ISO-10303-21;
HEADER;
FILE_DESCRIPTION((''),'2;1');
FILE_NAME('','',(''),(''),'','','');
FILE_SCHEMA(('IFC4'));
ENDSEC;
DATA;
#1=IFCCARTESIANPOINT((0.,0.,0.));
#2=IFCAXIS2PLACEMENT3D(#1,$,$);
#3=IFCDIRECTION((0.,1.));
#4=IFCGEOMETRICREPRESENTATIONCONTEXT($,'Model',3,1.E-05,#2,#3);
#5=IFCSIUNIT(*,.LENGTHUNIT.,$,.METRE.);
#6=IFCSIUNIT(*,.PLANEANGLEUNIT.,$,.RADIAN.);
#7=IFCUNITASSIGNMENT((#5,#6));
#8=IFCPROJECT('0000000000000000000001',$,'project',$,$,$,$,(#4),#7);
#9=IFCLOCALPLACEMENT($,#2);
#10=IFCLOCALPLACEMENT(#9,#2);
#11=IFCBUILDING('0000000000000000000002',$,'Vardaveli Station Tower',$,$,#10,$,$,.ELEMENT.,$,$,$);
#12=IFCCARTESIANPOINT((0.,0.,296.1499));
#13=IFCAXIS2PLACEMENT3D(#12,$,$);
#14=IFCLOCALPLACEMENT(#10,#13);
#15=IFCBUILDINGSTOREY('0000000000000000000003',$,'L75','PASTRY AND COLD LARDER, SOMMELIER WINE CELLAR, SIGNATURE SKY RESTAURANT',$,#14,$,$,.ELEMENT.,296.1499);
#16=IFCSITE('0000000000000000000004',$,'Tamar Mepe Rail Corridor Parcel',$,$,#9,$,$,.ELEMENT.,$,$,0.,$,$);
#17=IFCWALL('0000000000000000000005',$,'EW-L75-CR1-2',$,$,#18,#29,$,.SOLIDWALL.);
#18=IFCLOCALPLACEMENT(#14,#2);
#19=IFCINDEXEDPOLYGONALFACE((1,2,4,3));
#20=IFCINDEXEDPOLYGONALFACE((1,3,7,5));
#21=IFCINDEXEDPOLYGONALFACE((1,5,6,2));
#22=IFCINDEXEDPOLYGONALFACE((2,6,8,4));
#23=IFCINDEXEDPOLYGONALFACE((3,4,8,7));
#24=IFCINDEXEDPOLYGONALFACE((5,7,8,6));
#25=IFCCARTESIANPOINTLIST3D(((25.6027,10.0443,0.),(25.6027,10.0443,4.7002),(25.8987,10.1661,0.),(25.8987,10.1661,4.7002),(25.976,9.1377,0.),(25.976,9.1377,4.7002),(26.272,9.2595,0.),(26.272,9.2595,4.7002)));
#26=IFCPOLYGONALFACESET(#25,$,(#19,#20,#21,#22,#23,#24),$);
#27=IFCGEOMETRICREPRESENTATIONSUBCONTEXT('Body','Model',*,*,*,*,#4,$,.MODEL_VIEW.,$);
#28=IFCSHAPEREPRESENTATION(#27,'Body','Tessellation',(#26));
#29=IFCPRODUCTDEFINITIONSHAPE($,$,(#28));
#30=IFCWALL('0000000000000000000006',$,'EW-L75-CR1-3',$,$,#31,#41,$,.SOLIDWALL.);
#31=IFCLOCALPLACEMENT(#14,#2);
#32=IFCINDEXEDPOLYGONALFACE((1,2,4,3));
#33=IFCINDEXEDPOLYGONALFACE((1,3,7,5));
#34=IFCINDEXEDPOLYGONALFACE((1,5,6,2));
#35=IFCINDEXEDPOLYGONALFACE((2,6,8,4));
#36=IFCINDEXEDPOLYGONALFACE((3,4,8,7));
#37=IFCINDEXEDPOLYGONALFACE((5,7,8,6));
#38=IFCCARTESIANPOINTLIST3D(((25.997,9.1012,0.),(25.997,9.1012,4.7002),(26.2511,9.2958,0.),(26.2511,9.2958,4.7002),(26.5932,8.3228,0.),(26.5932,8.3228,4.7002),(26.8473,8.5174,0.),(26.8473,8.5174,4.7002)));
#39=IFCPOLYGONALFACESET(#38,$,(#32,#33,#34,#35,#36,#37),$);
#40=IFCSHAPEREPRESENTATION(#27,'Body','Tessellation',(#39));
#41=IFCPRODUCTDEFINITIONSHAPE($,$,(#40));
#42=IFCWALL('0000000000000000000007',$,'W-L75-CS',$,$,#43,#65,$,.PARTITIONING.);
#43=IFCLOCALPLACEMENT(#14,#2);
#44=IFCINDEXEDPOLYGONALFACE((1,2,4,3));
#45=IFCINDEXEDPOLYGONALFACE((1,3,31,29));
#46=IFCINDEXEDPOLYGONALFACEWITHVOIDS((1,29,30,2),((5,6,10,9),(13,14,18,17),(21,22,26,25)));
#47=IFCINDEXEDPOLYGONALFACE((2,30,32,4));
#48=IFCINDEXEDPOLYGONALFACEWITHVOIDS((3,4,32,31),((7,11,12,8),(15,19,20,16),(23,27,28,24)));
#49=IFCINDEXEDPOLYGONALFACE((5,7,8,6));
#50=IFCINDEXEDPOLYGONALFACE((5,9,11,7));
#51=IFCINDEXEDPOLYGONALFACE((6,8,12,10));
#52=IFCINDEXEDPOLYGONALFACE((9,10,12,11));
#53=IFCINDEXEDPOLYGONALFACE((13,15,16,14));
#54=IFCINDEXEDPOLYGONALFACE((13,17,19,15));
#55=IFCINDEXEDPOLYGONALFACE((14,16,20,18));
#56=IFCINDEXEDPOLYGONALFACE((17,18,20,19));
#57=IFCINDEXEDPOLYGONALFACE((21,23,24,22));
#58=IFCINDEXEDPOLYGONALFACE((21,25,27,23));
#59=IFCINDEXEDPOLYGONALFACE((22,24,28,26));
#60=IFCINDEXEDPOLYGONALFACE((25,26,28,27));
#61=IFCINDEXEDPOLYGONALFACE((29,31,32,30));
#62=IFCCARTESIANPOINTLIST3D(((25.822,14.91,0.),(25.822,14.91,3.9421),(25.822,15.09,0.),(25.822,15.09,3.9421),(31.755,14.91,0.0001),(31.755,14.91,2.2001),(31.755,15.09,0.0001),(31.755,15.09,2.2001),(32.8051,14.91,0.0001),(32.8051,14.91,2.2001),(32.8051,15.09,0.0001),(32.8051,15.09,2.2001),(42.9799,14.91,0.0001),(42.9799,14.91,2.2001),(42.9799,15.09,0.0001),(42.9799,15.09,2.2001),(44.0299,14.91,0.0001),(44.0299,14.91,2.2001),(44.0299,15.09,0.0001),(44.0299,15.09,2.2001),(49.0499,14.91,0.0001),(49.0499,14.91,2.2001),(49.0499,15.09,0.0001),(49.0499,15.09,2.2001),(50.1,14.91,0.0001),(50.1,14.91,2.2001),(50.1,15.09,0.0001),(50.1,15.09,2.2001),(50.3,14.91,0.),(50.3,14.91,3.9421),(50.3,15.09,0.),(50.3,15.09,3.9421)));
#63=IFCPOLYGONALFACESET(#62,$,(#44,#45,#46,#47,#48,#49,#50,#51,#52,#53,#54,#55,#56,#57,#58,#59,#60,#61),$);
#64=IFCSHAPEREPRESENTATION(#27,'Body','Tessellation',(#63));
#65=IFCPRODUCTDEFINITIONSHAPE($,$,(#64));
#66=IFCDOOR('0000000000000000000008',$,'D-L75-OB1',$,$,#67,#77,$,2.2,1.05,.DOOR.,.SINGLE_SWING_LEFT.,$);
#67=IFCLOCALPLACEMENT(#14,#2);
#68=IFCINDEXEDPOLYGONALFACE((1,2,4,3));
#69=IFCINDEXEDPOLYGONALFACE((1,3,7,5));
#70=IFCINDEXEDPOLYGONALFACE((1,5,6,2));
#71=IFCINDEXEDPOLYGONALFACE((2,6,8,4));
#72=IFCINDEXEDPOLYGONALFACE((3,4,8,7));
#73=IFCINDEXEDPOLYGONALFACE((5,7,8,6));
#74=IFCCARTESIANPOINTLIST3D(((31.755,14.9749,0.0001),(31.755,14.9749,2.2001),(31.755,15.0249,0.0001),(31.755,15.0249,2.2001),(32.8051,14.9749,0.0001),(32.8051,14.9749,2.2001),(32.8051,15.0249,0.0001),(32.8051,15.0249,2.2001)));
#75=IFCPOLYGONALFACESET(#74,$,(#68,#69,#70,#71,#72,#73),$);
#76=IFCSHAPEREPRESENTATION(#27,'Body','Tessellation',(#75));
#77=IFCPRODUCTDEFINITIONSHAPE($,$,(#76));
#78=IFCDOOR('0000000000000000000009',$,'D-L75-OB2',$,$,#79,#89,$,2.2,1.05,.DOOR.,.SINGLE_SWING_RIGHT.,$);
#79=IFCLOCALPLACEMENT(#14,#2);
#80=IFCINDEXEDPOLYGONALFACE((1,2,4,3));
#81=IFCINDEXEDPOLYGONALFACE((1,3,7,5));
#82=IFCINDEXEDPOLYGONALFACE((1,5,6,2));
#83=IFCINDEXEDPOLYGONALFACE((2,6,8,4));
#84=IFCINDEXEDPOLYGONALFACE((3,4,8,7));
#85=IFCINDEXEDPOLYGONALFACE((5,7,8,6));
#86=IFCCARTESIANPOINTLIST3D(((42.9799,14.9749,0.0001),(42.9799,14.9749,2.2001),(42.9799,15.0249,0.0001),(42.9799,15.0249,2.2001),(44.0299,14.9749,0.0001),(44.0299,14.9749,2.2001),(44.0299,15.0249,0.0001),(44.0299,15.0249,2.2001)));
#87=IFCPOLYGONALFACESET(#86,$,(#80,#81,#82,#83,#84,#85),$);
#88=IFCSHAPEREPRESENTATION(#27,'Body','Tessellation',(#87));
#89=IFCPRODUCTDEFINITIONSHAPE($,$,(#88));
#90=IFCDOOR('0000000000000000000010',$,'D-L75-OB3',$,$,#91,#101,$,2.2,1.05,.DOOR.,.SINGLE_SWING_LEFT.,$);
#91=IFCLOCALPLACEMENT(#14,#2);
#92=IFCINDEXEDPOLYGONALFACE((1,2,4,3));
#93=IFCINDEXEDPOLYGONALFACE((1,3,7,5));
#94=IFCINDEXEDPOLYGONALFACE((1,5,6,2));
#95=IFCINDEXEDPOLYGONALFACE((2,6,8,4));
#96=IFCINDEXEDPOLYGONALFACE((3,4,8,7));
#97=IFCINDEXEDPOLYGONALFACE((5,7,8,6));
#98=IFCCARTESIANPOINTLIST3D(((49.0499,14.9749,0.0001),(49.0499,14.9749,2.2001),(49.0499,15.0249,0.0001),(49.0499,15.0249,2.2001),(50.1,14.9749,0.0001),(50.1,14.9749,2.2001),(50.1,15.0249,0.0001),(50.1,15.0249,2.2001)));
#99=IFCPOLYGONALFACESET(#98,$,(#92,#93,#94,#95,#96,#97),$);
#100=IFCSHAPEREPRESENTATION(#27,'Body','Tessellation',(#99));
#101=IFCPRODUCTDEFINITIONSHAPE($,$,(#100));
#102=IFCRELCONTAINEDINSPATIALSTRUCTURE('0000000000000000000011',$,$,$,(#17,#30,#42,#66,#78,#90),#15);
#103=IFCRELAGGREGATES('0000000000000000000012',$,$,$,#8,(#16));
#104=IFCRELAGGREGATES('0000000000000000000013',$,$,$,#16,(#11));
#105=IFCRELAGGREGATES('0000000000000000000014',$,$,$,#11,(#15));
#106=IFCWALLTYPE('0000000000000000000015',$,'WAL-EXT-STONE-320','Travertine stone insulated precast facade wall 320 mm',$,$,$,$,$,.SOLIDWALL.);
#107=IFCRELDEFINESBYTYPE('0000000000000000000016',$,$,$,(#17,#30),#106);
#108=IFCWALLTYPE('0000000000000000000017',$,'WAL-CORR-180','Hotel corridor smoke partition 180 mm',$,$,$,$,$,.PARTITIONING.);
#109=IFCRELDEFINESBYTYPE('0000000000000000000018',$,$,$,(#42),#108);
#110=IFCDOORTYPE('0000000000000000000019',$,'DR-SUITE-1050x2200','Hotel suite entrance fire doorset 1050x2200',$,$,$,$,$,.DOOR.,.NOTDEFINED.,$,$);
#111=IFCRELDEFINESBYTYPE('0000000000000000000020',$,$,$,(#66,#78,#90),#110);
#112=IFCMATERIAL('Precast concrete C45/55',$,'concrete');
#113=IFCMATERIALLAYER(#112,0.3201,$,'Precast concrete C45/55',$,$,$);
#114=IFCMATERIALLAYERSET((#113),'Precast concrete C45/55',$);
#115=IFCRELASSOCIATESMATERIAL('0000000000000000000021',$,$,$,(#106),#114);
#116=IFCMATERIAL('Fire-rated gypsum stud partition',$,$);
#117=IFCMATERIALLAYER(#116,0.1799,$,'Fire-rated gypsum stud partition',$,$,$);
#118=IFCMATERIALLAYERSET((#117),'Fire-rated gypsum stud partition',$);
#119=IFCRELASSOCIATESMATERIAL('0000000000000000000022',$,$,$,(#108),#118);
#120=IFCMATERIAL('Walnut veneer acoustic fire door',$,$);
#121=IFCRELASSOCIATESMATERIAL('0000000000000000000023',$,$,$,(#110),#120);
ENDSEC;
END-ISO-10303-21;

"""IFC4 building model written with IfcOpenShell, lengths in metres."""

from ifc_helpers import new_model, si_unit, direction, frame, frame_2d, origin, place, context, subcontext, project, spatial, rectangle, extrude, source, transform, mapped, material, layer, layer_set, type_object, element, fill, save


model = new_model("IFC4")

# Units and contexts
model_context = context("Model", 3, precision=1e-05, world=origin(), true_north=direction((0.0, 1.0)))
body_context = subcontext(model_context, "Body", "Model", "MODEL_VIEW")
ifc_project = project(units=[si_unit("LENGTHUNIT", "METRE"), si_unit("PLANEANGLEUNIT", "RADIAN")], contexts=[model_context])

# Site, building, storey
site_placement = place(None, origin())
site = spatial("IfcSite", under=ifc_project, at=site_placement, Name="Tamar Mepe Rail Corridor Parcel", CompositionType="ELEMENT", RefElevation=0.0)
building_placement = place(site_placement, origin())
building = spatial("IfcBuilding", under=site, at=building_placement, Name="Vardaveli Station Tower", CompositionType="ELEMENT")
storey_placement = place(building_placement, frame((0.0, 0.0, 296.1499)))
storey = spatial("IfcBuildingStorey", under=building, at=storey_placement, Name="L75", Description="PASTRY AND COLD LARDER, SOMMELIER WINE CELLAR, SIGNATURE SKY RESTAURANT", CompositionType="ELEMENT", Elevation=296.1499)

# Shared definitions
ifc_material_1 = material(Name="Precast concrete C45/55", Category="concrete")

# Walls
ifc_layer_1 = layer(ifc_material_1, 0.3201, Name="Precast concrete C45/55")
ifc_layer_set_1 = layer_set([ifc_layer_1], Name="Precast concrete C45/55")
wall_type_1 = type_object("IfcWallType", Name="WAL-EXT-STONE-320", Description="Travertine stone insulated precast facade wall 320 mm", PredefinedType="SOLIDWALL", material=ifc_layer_set_1)
shared_shape_1 = source(origin(), body_context, "Body", "SweptSolid", [
    extrude(rectangle(XDim=0.9805, YDim=0.3201, at=frame_2d((0.4902, 0.0))), origin(), (0.0, 0.0, 1.0), 4.7002),
])
for number, where, z_axis, x_axis, name in (
    (1, (25.7507, 10.1052, 0.0), (0.0, 0.0, 1.0), (0.380687, -0.924704, 0.0), "EW-L75-CR1-2"),
    (2, (26.124, 9.1985, 0.0), (0.0, 0.0, 1.0), (0.608097, -0.793863, 0.0), "EW-L75-CR1-3"),
):
    element("IfcWall", number, at=place(storey_placement, frame(where, z_axis=z_axis, x_axis=x_axis)), inside=storey, type_object=wall_type_1, Name=name, PredefinedType="SOLIDWALL", context=body_context, shape_type="MappedRepresentation", body=[
        mapped(shared_shape_1, transform((0.0, 0.0, 0.0), scale=1.0)),
    ])

# Wall, openings, doors
ifc_material_2 = material(Name="Fire-rated gypsum stud partition")
ifc_layer_2 = layer(ifc_material_2, 0.1799, Name="Fire-rated gypsum stud partition")
ifc_layer_set_2 = layer_set([ifc_layer_2], Name="Fire-rated gypsum stud partition")
wall_type_2 = type_object("IfcWallType", Name="WAL-CORR-180", Description="Hotel corridor smoke partition 180 mm", PredefinedType="PARTITIONING", material=ifc_layer_set_2)
shared_shape_2 = source(origin(), body_context, "Body", "SweptSolid", [
    extrude(rectangle(XDim=24.478, YDim=0.1799, at=frame_2d((12.239, 0.0))), origin(), (0.0, 0.0, 1.0), 3.9421),
])
wall_placement = place(storey_placement, frame((25.822, 15.0, 0.0), z_axis=(0.0, 0.0, 1.0), x_axis=(1.0, 0.0, 0.0)))
wall = element("IfcWall", 3, at=wall_placement, inside=storey, type_object=wall_type_2, Name="W-L75-CS", PredefinedType="PARTITIONING", context=body_context, shape_type="MappedRepresentation", body=[
    mapped(shared_shape_2, transform((0.0, 0.0, 0.0), scale=1.0)),
])
shared_shape_3 = source(origin(), body_context, "Body", "SweptSolid", [
    extrude(rectangle(XDim=1.05, YDim=2.2, at=frame_2d((0.5249, 1.1001))), frame((0.0, 0.1001, 0.0), z_axis=(0.0, -1.0, 0.0), x_axis=(1.0, 0.0, 0.0)), (0.0, 0.0, 1.0), 0.2),
])
opening_1_placement = place(wall_placement, frame((5.9331, 0.0, 0.0)))
opening_1 = element("IfcOpeningElement", 4, at=opening_1_placement, cuts=wall, PredefinedType="OPENING", context=body_context, shape_type="MappedRepresentation", body=[
    mapped(shared_shape_3, transform((0.0, 0.0, 0.0), scale=1.0)),
])
opening_2_placement = place(wall_placement, frame((17.158, 0.0, 0.0)))
opening_2 = element("IfcOpeningElement", 5, at=opening_2_placement, cuts=wall, PredefinedType="OPENING", context=body_context, shape_type="MappedRepresentation", body=[
    mapped(shared_shape_3, transform((0.0, 0.0, 0.0), scale=1.0)),
])
opening_3_placement = place(wall_placement, frame((23.228, 0.0, 0.0)))
opening_3 = element("IfcOpeningElement", 6, at=opening_3_placement, cuts=wall, PredefinedType="OPENING", context=body_context, shape_type="MappedRepresentation", body=[
    mapped(shared_shape_3, transform((0.0, 0.0, 0.0), scale=1.0)),
])
ifc_material_3 = material(Name="Walnut veneer acoustic fire door")
door_type = type_object("IfcDoorType", Name="DR-SUITE-1050x2200", Description="Hotel suite entrance fire doorset 1050x2200", OperationType="NOTDEFINED", PredefinedType="DOOR", material=ifc_material_3)
shared_shape_4 = source(origin(), body_context, "Body", "SweptSolid", [
    extrude(rectangle(XDim=1.05, YDim=2.2, at=frame_2d((0.5249, 1.1001))), frame((0.0, 0.0249, 0.0), z_axis=(0.0, -1.0, 0.0), x_axis=(1.0, 0.0, 0.0)), (0.0, 0.0, 1.0), 0.05),
])
door_1_placement = place(opening_1_placement, origin())
door_1 = element("IfcDoor", 7, at=door_1_placement, inside=storey, type_object=door_type, Name="D-L75-OB1", OperationType="SINGLE_SWING_LEFT", OverallHeight=2.2, OverallWidth=1.05, PredefinedType="DOOR", context=body_context, shape_type="MappedRepresentation", body=[
    mapped(shared_shape_4, transform((0.0, 0.0, 0.0), scale=1.0)),
])
fill(opening_1, door_1)
door_2_placement = place(opening_2_placement, origin())
door_2 = element("IfcDoor", 8, at=door_2_placement, inside=storey, type_object=door_type, Name="D-L75-OB2", OperationType="SINGLE_SWING_RIGHT", OverallHeight=2.2, OverallWidth=1.05, PredefinedType="DOOR", context=body_context, shape_type="MappedRepresentation", body=[
    mapped(shared_shape_4, transform((0.0, 0.0, 0.0), scale=1.0)),
])
fill(opening_2, door_2)
door_3_placement = place(opening_3_placement, origin())
door_3 = element("IfcDoor", 9, at=door_3_placement, inside=storey, type_object=door_type, Name="D-L75-OB3", OperationType="SINGLE_SWING_LEFT", OverallHeight=2.2, OverallWidth=1.05, PredefinedType="DOOR", context=body_context, shape_type="MappedRepresentation", body=[
    mapped(shared_shape_4, transform((0.0, 0.0, 0.0), scale=1.0)),
])
fill(opening_3, door_3)

save(model, "model.ifc")
